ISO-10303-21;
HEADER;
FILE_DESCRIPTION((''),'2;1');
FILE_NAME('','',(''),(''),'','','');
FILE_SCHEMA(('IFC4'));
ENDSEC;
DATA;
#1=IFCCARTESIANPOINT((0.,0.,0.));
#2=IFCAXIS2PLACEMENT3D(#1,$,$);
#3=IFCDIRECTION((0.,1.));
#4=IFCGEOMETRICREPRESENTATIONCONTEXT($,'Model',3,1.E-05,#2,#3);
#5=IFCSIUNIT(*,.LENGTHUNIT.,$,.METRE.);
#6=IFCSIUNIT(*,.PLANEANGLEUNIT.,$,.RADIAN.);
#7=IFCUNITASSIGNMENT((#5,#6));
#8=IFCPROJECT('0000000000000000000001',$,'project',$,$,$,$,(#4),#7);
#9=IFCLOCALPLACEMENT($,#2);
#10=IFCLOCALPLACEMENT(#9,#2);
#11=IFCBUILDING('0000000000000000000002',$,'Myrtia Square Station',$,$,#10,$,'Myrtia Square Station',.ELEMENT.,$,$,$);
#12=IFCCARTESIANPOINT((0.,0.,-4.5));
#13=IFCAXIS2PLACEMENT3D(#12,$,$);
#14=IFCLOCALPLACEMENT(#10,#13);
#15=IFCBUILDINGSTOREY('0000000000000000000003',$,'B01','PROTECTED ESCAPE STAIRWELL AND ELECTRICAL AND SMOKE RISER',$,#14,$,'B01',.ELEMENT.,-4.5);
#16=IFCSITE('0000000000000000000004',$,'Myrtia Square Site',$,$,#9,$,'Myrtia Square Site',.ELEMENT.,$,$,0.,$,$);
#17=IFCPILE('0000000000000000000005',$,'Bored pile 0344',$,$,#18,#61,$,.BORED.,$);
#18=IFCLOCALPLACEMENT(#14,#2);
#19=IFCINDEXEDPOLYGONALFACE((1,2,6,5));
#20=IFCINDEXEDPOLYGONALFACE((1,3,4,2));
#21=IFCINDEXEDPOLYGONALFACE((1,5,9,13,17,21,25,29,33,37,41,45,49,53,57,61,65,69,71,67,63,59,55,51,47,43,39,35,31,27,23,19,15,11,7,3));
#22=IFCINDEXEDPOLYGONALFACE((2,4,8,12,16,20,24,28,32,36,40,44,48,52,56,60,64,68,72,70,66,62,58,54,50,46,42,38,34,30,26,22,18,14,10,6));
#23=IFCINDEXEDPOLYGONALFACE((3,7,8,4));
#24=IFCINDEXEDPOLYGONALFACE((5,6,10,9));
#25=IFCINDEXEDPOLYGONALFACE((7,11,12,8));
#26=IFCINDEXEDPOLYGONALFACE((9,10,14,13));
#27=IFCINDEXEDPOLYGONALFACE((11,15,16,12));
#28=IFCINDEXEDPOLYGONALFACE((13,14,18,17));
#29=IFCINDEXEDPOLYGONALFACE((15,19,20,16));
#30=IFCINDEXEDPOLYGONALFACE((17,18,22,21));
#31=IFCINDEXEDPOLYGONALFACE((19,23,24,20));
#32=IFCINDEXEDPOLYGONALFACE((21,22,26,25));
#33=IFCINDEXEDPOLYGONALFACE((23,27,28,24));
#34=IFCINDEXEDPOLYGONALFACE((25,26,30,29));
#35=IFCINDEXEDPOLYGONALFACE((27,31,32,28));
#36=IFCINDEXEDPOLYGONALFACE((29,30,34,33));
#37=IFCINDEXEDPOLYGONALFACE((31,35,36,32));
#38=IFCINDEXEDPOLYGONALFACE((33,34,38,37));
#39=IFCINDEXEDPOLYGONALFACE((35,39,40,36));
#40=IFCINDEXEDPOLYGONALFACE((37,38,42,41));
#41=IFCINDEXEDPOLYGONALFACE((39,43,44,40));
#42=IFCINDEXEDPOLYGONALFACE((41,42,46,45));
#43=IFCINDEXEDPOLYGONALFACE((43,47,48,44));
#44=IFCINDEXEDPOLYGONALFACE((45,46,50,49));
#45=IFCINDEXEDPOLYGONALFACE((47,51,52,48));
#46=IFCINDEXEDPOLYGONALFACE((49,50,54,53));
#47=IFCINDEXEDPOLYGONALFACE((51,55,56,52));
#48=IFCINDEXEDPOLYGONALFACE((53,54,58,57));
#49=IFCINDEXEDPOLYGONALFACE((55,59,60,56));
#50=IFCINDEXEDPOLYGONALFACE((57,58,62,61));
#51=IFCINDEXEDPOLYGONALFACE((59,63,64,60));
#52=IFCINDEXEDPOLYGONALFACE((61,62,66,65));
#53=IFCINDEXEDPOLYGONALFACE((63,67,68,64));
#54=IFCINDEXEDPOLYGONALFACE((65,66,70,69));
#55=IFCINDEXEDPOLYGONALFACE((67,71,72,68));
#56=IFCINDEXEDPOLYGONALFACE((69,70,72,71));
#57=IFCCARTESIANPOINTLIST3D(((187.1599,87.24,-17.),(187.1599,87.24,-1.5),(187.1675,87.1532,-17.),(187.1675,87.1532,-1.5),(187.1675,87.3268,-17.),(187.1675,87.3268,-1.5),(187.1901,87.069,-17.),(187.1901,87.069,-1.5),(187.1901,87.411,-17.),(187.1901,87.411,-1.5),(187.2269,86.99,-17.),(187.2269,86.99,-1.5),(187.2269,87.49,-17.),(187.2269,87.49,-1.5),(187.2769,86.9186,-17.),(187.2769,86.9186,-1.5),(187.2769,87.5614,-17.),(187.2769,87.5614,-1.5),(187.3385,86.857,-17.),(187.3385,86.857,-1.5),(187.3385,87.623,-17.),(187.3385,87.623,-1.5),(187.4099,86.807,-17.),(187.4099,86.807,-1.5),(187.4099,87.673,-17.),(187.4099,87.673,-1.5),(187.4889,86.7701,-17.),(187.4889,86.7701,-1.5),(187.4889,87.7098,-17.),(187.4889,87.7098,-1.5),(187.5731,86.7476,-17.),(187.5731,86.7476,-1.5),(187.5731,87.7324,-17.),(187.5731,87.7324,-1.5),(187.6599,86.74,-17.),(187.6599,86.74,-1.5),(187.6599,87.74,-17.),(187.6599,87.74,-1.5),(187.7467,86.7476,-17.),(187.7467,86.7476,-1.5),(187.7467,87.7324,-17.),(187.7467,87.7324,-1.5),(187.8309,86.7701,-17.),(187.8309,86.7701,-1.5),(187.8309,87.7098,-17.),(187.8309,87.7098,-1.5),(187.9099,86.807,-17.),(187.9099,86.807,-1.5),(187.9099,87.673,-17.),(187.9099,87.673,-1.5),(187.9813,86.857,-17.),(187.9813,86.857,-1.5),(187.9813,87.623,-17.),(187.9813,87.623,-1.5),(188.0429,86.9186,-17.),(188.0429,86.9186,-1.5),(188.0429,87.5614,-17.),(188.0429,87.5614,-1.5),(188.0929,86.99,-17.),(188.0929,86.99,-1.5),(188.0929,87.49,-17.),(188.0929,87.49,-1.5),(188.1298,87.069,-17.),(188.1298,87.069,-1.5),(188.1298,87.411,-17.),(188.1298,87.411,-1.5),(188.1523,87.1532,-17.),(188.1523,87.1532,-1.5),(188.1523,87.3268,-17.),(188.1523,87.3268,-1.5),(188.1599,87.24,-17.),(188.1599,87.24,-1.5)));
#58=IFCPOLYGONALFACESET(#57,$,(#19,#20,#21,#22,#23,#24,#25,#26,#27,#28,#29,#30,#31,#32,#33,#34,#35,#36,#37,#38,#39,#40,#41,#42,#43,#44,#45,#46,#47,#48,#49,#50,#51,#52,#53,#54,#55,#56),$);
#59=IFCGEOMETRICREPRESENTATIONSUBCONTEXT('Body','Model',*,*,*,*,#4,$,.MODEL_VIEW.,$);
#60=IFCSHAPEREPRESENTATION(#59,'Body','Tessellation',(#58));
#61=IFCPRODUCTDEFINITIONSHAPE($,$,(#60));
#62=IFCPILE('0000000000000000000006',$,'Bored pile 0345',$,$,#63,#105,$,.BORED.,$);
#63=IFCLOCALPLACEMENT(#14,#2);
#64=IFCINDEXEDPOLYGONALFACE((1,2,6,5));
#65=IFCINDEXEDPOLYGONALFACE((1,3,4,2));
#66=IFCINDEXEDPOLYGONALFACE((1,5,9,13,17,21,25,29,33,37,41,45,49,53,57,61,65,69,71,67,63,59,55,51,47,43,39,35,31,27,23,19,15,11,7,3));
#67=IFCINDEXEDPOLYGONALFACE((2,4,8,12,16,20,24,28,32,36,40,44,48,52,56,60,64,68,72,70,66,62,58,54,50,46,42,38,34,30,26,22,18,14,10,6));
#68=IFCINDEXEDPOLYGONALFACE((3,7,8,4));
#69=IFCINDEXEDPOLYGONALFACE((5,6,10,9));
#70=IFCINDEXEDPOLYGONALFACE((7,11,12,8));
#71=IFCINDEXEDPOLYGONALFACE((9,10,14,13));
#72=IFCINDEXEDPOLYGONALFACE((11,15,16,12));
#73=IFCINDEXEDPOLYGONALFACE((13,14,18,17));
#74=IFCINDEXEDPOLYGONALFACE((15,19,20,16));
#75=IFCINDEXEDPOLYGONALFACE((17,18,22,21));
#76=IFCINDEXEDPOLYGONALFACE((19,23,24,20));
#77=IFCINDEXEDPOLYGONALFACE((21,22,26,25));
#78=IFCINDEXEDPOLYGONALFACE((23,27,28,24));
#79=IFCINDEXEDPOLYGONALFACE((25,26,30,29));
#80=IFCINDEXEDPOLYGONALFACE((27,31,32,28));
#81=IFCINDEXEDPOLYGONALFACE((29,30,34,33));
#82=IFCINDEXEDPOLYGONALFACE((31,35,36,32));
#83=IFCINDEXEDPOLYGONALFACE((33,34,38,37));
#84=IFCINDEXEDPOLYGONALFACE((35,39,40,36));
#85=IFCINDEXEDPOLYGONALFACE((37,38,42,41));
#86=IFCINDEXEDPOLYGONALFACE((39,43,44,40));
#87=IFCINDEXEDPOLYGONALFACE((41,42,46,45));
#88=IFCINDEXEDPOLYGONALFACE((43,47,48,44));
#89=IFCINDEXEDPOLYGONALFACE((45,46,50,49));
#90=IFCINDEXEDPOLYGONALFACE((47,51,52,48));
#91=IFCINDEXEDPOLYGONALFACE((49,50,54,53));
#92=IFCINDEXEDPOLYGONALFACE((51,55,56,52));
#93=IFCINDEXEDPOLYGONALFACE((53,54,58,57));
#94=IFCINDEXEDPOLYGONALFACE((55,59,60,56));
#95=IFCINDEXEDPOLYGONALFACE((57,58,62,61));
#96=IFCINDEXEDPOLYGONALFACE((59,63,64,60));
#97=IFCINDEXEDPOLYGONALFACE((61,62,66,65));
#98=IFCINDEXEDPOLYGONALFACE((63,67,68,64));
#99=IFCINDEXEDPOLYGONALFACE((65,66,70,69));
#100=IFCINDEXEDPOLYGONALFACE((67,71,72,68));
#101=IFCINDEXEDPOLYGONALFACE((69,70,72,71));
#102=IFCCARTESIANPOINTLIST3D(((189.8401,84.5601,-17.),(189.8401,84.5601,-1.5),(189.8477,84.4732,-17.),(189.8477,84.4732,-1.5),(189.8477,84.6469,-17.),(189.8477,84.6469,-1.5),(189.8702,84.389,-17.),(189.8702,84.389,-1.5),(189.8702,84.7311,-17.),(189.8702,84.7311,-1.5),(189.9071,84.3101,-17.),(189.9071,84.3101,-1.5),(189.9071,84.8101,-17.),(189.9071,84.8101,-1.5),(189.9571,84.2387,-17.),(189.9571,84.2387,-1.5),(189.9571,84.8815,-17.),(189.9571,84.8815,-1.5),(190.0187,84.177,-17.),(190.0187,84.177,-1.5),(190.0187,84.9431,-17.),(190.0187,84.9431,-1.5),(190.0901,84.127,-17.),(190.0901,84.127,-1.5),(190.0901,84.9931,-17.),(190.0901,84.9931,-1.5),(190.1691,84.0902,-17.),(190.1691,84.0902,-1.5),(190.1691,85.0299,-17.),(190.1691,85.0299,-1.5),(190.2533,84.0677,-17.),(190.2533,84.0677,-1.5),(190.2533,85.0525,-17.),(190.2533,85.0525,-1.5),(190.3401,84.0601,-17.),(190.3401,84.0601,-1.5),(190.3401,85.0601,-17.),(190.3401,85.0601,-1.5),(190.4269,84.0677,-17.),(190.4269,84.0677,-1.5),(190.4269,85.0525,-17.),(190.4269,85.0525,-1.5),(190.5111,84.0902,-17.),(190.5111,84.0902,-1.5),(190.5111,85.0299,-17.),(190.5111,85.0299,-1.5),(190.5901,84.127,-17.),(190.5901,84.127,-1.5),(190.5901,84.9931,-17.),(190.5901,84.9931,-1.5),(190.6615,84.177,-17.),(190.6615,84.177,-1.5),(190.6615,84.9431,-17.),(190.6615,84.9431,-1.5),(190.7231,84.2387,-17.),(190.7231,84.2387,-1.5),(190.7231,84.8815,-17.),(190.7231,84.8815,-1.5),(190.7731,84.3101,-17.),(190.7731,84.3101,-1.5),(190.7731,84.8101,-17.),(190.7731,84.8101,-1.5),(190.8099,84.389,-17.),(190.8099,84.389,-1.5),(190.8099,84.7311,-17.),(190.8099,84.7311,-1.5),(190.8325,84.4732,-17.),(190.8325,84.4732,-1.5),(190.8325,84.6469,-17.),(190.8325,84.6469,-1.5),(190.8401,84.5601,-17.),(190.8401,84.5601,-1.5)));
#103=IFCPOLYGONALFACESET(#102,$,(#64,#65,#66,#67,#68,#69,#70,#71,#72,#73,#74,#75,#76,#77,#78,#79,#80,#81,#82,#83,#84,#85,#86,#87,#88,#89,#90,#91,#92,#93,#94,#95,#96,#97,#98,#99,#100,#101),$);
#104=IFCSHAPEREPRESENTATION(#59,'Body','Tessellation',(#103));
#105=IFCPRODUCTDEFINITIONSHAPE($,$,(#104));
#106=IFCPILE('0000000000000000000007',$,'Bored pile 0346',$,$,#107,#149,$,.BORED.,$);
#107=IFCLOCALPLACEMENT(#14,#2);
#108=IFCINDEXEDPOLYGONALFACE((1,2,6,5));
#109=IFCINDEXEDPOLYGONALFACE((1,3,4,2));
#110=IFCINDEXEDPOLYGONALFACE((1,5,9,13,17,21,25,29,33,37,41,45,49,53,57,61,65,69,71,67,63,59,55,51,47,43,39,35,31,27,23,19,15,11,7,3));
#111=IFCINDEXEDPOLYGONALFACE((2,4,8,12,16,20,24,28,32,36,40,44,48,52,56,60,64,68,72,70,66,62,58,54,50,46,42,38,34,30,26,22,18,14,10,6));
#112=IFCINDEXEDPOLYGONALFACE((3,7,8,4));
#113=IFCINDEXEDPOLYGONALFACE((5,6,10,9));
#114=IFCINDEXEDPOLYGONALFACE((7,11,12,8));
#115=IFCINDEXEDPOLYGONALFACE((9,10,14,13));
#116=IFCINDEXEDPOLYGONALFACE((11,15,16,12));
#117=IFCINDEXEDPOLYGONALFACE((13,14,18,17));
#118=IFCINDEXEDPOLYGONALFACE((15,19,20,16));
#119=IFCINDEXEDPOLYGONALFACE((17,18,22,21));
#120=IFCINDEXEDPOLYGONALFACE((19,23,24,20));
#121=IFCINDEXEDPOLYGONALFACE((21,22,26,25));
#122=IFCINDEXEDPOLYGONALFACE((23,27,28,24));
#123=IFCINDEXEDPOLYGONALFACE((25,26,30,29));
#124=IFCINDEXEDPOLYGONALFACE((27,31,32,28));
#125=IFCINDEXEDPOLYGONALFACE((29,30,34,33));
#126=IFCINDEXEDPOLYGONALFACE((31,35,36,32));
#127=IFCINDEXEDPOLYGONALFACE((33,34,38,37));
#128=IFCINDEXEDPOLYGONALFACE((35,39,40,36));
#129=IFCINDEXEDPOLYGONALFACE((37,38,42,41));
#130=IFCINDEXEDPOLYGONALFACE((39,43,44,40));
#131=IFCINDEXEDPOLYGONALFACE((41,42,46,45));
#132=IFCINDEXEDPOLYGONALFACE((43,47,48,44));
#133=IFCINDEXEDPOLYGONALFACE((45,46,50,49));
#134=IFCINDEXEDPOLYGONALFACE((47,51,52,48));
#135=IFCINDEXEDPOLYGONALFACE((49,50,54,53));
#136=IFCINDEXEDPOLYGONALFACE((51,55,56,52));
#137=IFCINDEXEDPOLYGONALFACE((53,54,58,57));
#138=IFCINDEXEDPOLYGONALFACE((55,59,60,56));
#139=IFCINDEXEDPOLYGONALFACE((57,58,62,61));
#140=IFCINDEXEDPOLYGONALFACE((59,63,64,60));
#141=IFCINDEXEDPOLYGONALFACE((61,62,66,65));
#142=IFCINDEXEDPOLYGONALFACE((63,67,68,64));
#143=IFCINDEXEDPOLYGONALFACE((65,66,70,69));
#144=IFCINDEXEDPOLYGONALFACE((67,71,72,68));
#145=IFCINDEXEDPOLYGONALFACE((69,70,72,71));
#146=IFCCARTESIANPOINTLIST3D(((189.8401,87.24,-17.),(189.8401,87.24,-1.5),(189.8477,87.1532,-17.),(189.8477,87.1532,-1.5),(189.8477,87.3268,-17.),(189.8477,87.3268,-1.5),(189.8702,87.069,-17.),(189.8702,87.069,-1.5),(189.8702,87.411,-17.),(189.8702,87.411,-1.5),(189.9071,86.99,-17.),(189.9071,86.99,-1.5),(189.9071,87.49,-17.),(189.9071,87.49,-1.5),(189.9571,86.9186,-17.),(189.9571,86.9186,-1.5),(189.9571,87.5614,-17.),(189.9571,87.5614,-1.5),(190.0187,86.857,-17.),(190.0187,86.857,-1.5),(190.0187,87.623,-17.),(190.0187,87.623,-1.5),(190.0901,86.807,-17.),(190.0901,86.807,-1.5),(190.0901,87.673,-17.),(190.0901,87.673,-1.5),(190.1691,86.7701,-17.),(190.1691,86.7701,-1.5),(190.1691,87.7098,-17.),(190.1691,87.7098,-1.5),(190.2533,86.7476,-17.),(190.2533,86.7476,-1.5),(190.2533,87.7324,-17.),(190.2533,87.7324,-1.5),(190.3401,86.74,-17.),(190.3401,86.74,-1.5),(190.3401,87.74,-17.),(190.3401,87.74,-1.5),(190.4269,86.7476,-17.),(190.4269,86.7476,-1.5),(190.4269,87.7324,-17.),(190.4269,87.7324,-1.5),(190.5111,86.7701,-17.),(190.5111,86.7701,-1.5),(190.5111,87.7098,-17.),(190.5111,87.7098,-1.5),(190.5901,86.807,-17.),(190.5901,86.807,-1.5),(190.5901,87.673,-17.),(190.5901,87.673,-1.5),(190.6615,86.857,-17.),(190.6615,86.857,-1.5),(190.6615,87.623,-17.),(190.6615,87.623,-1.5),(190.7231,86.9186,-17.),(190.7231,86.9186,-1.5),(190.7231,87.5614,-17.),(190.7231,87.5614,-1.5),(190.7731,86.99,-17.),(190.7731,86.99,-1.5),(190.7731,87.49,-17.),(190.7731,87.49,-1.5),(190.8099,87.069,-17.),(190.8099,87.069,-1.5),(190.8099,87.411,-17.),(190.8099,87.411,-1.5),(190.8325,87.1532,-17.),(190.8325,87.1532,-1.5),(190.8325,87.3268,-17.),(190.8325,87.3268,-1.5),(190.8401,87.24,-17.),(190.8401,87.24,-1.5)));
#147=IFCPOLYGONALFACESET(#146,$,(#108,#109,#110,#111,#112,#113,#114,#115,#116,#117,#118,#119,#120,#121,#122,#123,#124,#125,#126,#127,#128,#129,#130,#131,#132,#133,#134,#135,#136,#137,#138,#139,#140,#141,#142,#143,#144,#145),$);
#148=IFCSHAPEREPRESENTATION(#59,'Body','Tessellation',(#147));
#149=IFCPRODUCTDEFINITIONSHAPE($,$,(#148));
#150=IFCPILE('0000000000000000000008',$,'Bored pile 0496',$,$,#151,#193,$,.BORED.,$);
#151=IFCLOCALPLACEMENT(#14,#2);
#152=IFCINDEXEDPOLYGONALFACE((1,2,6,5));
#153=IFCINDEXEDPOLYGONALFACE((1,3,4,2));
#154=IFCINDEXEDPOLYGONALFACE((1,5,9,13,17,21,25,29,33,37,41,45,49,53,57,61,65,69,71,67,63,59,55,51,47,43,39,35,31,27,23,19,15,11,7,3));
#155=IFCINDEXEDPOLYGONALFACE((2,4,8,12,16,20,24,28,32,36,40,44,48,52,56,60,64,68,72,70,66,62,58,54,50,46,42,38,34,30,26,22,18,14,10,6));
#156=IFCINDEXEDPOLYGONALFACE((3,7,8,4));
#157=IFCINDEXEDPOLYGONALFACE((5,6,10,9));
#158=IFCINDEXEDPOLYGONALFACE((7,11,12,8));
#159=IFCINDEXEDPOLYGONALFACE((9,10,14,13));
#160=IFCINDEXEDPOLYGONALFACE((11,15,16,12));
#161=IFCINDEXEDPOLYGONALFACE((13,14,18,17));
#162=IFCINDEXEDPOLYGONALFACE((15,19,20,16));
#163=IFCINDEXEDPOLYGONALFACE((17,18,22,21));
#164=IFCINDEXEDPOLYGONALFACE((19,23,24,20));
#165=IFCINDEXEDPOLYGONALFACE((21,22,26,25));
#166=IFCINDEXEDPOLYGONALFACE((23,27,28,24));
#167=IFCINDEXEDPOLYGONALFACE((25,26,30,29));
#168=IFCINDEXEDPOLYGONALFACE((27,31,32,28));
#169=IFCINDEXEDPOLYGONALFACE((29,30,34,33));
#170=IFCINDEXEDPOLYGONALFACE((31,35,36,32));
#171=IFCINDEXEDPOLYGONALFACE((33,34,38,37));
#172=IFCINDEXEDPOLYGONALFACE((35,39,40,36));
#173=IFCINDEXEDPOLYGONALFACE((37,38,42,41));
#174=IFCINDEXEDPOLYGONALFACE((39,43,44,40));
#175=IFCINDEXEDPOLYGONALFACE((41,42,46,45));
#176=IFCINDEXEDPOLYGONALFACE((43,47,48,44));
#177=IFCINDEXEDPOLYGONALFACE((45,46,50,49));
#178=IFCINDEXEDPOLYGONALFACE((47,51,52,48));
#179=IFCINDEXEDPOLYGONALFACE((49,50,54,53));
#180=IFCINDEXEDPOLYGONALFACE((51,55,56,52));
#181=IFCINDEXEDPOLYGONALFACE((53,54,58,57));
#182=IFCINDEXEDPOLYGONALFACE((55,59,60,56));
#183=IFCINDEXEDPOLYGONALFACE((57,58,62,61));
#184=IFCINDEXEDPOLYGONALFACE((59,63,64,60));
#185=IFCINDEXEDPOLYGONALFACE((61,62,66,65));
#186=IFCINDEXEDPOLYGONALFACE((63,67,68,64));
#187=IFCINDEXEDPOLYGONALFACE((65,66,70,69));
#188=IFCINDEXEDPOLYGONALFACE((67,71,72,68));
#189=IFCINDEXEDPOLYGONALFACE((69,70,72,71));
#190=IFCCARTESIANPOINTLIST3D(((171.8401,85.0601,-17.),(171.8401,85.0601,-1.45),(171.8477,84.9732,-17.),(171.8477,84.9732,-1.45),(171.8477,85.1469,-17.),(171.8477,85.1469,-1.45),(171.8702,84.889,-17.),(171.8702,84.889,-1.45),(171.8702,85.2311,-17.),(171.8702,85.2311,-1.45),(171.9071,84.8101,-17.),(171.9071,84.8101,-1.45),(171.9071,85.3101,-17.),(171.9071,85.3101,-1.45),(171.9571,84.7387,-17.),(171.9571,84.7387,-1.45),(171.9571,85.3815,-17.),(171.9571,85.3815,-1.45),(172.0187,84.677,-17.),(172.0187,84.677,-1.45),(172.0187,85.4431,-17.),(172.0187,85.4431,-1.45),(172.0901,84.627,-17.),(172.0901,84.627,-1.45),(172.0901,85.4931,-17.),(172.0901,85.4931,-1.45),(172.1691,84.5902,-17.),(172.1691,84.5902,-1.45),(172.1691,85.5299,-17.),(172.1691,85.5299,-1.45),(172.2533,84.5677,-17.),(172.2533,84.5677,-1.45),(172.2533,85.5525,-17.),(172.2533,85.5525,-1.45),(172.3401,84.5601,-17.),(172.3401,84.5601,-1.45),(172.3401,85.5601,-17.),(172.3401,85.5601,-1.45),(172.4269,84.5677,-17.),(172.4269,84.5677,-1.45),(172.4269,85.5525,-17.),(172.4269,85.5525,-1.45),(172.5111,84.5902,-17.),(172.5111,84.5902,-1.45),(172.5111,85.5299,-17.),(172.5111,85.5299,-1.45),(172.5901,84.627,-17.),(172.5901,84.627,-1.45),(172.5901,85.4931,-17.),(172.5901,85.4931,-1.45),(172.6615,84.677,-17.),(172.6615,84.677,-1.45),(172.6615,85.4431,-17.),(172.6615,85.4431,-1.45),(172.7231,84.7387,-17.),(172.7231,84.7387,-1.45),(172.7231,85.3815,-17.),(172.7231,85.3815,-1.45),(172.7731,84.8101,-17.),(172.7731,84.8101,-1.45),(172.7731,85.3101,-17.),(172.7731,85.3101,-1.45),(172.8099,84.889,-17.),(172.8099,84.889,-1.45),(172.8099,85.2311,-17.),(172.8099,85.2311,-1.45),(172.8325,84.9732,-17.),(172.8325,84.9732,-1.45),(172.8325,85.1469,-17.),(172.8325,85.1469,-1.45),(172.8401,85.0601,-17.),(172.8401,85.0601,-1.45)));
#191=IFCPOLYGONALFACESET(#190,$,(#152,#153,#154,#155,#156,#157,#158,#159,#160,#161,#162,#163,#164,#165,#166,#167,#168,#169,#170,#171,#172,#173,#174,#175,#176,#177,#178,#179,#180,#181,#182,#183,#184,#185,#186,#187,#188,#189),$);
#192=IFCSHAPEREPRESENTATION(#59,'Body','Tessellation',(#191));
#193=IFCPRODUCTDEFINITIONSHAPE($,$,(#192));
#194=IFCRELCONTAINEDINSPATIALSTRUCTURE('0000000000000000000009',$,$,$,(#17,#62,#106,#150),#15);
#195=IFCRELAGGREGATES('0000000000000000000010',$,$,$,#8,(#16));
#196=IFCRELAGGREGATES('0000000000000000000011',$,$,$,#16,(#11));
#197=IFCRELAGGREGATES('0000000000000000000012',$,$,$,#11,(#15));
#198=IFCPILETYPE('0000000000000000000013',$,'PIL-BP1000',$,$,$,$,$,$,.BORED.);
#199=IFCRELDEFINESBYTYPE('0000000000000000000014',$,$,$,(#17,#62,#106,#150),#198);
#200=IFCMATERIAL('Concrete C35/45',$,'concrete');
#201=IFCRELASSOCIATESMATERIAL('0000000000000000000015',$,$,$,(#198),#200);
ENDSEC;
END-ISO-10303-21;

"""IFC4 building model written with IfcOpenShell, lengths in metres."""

from ifc_helpers import new_model, si_unit, direction, frame, origin, origin_2d, place, context, subcontext, project, spatial, circle, extrude, material, material_profile, profile_set, type_object, element, save


model = new_model("IFC4")

# Units and contexts
model_context = context("Model", 3, precision=1e-05, world=origin(), true_north=direction((0.0, 1.0)))
body_context = subcontext(model_context, "Body", "Model", "MODEL_VIEW")
ifc_project = project(units=[si_unit("LENGTHUNIT", "METRE"), si_unit("PLANEANGLEUNIT", "RADIAN")], contexts=[model_context])

# Site, building, storey
site_placement = place(None, origin())
site = spatial("IfcSite", under=ifc_project, at=site_placement, Name="Myrtia Square Site", LongName="Myrtia Square Site", CompositionType="ELEMENT", RefElevation=0.0)
building_placement = place(site_placement, origin())
building = spatial("IfcBuilding", under=site, at=building_placement, Name="Myrtia Square Station", LongName="Myrtia Square Station", CompositionType="ELEMENT")
storey_placement = place(building_placement, frame((0.0, 0.0, -4.5)))
storey = spatial("IfcBuildingStorey", under=building, at=storey_placement, Name="B01", Description="PROTECTED ESCAPE STAIRWELL AND ELECTRICAL AND SMOKE RISER", LongName="B01", CompositionType="ELEMENT", Elevation=-4.5)

# Shared definitions
ifc_material_1 = material(Name="Concrete C35/45", Category="concrete")

# Piles
ifc_material_profile_1 = material_profile(ifc_material_1, circle(Radius=0.5, at=origin_2d()), Name="BP D1000")
ifc_profile_set_1 = profile_set([ifc_material_profile_1], Name="Concrete C35/45")
pile_type = type_object("IfcPileType", Name="PIL-BP1000", PredefinedType="BORED", material=ifc_profile_set_1)
for number, where, z_axis, x_axis, name in (
    (1, (187.6599, 87.24, -1.5), (0.0, 0.0, -1.0), (1.0, 0.0, 0.0), "Bored pile 0344"),
    (2, (190.3401, 84.5601, -1.5), (0.0, 0.0, -1.0), (1.0, 0.0, 0.0), "Bored pile 0345"),
    (3, (190.3401, 87.24, -1.5), (0.0, 0.0, -1.0), (1.0, 0.0, 0.0), "Bored pile 0346"),
):
    element("IfcPile", number, at=place(storey_placement, frame(where, z_axis=z_axis, x_axis=x_axis)), inside=storey, type_object=pile_type, Name=name, PredefinedType="BORED", context=body_context, shape_type="SweptSolid", body=[
        extrude(circle(Radius=0.5, at=origin_2d()), origin(), (0.0, 0.0, 1.0), 15.5),
    ])
for number, where, z_axis, x_axis, name in (
    (4, (172.3401, 85.0601, -1.45), (0.0, 0.0, -1.0), (1.0, 0.0, 0.0), "Bored pile 0496"),
):
    element("IfcPile", number, at=place(storey_placement, frame(where, z_axis=z_axis, x_axis=x_axis)), inside=storey, type_object=pile_type, Name=name, PredefinedType="BORED", context=body_context, shape_type="SweptSolid", body=[
        extrude(circle(Radius=0.5, at=origin_2d()), origin(), (0.0, 0.0, 1.0), 15.55),
    ])

save(model, "model.ifc")
